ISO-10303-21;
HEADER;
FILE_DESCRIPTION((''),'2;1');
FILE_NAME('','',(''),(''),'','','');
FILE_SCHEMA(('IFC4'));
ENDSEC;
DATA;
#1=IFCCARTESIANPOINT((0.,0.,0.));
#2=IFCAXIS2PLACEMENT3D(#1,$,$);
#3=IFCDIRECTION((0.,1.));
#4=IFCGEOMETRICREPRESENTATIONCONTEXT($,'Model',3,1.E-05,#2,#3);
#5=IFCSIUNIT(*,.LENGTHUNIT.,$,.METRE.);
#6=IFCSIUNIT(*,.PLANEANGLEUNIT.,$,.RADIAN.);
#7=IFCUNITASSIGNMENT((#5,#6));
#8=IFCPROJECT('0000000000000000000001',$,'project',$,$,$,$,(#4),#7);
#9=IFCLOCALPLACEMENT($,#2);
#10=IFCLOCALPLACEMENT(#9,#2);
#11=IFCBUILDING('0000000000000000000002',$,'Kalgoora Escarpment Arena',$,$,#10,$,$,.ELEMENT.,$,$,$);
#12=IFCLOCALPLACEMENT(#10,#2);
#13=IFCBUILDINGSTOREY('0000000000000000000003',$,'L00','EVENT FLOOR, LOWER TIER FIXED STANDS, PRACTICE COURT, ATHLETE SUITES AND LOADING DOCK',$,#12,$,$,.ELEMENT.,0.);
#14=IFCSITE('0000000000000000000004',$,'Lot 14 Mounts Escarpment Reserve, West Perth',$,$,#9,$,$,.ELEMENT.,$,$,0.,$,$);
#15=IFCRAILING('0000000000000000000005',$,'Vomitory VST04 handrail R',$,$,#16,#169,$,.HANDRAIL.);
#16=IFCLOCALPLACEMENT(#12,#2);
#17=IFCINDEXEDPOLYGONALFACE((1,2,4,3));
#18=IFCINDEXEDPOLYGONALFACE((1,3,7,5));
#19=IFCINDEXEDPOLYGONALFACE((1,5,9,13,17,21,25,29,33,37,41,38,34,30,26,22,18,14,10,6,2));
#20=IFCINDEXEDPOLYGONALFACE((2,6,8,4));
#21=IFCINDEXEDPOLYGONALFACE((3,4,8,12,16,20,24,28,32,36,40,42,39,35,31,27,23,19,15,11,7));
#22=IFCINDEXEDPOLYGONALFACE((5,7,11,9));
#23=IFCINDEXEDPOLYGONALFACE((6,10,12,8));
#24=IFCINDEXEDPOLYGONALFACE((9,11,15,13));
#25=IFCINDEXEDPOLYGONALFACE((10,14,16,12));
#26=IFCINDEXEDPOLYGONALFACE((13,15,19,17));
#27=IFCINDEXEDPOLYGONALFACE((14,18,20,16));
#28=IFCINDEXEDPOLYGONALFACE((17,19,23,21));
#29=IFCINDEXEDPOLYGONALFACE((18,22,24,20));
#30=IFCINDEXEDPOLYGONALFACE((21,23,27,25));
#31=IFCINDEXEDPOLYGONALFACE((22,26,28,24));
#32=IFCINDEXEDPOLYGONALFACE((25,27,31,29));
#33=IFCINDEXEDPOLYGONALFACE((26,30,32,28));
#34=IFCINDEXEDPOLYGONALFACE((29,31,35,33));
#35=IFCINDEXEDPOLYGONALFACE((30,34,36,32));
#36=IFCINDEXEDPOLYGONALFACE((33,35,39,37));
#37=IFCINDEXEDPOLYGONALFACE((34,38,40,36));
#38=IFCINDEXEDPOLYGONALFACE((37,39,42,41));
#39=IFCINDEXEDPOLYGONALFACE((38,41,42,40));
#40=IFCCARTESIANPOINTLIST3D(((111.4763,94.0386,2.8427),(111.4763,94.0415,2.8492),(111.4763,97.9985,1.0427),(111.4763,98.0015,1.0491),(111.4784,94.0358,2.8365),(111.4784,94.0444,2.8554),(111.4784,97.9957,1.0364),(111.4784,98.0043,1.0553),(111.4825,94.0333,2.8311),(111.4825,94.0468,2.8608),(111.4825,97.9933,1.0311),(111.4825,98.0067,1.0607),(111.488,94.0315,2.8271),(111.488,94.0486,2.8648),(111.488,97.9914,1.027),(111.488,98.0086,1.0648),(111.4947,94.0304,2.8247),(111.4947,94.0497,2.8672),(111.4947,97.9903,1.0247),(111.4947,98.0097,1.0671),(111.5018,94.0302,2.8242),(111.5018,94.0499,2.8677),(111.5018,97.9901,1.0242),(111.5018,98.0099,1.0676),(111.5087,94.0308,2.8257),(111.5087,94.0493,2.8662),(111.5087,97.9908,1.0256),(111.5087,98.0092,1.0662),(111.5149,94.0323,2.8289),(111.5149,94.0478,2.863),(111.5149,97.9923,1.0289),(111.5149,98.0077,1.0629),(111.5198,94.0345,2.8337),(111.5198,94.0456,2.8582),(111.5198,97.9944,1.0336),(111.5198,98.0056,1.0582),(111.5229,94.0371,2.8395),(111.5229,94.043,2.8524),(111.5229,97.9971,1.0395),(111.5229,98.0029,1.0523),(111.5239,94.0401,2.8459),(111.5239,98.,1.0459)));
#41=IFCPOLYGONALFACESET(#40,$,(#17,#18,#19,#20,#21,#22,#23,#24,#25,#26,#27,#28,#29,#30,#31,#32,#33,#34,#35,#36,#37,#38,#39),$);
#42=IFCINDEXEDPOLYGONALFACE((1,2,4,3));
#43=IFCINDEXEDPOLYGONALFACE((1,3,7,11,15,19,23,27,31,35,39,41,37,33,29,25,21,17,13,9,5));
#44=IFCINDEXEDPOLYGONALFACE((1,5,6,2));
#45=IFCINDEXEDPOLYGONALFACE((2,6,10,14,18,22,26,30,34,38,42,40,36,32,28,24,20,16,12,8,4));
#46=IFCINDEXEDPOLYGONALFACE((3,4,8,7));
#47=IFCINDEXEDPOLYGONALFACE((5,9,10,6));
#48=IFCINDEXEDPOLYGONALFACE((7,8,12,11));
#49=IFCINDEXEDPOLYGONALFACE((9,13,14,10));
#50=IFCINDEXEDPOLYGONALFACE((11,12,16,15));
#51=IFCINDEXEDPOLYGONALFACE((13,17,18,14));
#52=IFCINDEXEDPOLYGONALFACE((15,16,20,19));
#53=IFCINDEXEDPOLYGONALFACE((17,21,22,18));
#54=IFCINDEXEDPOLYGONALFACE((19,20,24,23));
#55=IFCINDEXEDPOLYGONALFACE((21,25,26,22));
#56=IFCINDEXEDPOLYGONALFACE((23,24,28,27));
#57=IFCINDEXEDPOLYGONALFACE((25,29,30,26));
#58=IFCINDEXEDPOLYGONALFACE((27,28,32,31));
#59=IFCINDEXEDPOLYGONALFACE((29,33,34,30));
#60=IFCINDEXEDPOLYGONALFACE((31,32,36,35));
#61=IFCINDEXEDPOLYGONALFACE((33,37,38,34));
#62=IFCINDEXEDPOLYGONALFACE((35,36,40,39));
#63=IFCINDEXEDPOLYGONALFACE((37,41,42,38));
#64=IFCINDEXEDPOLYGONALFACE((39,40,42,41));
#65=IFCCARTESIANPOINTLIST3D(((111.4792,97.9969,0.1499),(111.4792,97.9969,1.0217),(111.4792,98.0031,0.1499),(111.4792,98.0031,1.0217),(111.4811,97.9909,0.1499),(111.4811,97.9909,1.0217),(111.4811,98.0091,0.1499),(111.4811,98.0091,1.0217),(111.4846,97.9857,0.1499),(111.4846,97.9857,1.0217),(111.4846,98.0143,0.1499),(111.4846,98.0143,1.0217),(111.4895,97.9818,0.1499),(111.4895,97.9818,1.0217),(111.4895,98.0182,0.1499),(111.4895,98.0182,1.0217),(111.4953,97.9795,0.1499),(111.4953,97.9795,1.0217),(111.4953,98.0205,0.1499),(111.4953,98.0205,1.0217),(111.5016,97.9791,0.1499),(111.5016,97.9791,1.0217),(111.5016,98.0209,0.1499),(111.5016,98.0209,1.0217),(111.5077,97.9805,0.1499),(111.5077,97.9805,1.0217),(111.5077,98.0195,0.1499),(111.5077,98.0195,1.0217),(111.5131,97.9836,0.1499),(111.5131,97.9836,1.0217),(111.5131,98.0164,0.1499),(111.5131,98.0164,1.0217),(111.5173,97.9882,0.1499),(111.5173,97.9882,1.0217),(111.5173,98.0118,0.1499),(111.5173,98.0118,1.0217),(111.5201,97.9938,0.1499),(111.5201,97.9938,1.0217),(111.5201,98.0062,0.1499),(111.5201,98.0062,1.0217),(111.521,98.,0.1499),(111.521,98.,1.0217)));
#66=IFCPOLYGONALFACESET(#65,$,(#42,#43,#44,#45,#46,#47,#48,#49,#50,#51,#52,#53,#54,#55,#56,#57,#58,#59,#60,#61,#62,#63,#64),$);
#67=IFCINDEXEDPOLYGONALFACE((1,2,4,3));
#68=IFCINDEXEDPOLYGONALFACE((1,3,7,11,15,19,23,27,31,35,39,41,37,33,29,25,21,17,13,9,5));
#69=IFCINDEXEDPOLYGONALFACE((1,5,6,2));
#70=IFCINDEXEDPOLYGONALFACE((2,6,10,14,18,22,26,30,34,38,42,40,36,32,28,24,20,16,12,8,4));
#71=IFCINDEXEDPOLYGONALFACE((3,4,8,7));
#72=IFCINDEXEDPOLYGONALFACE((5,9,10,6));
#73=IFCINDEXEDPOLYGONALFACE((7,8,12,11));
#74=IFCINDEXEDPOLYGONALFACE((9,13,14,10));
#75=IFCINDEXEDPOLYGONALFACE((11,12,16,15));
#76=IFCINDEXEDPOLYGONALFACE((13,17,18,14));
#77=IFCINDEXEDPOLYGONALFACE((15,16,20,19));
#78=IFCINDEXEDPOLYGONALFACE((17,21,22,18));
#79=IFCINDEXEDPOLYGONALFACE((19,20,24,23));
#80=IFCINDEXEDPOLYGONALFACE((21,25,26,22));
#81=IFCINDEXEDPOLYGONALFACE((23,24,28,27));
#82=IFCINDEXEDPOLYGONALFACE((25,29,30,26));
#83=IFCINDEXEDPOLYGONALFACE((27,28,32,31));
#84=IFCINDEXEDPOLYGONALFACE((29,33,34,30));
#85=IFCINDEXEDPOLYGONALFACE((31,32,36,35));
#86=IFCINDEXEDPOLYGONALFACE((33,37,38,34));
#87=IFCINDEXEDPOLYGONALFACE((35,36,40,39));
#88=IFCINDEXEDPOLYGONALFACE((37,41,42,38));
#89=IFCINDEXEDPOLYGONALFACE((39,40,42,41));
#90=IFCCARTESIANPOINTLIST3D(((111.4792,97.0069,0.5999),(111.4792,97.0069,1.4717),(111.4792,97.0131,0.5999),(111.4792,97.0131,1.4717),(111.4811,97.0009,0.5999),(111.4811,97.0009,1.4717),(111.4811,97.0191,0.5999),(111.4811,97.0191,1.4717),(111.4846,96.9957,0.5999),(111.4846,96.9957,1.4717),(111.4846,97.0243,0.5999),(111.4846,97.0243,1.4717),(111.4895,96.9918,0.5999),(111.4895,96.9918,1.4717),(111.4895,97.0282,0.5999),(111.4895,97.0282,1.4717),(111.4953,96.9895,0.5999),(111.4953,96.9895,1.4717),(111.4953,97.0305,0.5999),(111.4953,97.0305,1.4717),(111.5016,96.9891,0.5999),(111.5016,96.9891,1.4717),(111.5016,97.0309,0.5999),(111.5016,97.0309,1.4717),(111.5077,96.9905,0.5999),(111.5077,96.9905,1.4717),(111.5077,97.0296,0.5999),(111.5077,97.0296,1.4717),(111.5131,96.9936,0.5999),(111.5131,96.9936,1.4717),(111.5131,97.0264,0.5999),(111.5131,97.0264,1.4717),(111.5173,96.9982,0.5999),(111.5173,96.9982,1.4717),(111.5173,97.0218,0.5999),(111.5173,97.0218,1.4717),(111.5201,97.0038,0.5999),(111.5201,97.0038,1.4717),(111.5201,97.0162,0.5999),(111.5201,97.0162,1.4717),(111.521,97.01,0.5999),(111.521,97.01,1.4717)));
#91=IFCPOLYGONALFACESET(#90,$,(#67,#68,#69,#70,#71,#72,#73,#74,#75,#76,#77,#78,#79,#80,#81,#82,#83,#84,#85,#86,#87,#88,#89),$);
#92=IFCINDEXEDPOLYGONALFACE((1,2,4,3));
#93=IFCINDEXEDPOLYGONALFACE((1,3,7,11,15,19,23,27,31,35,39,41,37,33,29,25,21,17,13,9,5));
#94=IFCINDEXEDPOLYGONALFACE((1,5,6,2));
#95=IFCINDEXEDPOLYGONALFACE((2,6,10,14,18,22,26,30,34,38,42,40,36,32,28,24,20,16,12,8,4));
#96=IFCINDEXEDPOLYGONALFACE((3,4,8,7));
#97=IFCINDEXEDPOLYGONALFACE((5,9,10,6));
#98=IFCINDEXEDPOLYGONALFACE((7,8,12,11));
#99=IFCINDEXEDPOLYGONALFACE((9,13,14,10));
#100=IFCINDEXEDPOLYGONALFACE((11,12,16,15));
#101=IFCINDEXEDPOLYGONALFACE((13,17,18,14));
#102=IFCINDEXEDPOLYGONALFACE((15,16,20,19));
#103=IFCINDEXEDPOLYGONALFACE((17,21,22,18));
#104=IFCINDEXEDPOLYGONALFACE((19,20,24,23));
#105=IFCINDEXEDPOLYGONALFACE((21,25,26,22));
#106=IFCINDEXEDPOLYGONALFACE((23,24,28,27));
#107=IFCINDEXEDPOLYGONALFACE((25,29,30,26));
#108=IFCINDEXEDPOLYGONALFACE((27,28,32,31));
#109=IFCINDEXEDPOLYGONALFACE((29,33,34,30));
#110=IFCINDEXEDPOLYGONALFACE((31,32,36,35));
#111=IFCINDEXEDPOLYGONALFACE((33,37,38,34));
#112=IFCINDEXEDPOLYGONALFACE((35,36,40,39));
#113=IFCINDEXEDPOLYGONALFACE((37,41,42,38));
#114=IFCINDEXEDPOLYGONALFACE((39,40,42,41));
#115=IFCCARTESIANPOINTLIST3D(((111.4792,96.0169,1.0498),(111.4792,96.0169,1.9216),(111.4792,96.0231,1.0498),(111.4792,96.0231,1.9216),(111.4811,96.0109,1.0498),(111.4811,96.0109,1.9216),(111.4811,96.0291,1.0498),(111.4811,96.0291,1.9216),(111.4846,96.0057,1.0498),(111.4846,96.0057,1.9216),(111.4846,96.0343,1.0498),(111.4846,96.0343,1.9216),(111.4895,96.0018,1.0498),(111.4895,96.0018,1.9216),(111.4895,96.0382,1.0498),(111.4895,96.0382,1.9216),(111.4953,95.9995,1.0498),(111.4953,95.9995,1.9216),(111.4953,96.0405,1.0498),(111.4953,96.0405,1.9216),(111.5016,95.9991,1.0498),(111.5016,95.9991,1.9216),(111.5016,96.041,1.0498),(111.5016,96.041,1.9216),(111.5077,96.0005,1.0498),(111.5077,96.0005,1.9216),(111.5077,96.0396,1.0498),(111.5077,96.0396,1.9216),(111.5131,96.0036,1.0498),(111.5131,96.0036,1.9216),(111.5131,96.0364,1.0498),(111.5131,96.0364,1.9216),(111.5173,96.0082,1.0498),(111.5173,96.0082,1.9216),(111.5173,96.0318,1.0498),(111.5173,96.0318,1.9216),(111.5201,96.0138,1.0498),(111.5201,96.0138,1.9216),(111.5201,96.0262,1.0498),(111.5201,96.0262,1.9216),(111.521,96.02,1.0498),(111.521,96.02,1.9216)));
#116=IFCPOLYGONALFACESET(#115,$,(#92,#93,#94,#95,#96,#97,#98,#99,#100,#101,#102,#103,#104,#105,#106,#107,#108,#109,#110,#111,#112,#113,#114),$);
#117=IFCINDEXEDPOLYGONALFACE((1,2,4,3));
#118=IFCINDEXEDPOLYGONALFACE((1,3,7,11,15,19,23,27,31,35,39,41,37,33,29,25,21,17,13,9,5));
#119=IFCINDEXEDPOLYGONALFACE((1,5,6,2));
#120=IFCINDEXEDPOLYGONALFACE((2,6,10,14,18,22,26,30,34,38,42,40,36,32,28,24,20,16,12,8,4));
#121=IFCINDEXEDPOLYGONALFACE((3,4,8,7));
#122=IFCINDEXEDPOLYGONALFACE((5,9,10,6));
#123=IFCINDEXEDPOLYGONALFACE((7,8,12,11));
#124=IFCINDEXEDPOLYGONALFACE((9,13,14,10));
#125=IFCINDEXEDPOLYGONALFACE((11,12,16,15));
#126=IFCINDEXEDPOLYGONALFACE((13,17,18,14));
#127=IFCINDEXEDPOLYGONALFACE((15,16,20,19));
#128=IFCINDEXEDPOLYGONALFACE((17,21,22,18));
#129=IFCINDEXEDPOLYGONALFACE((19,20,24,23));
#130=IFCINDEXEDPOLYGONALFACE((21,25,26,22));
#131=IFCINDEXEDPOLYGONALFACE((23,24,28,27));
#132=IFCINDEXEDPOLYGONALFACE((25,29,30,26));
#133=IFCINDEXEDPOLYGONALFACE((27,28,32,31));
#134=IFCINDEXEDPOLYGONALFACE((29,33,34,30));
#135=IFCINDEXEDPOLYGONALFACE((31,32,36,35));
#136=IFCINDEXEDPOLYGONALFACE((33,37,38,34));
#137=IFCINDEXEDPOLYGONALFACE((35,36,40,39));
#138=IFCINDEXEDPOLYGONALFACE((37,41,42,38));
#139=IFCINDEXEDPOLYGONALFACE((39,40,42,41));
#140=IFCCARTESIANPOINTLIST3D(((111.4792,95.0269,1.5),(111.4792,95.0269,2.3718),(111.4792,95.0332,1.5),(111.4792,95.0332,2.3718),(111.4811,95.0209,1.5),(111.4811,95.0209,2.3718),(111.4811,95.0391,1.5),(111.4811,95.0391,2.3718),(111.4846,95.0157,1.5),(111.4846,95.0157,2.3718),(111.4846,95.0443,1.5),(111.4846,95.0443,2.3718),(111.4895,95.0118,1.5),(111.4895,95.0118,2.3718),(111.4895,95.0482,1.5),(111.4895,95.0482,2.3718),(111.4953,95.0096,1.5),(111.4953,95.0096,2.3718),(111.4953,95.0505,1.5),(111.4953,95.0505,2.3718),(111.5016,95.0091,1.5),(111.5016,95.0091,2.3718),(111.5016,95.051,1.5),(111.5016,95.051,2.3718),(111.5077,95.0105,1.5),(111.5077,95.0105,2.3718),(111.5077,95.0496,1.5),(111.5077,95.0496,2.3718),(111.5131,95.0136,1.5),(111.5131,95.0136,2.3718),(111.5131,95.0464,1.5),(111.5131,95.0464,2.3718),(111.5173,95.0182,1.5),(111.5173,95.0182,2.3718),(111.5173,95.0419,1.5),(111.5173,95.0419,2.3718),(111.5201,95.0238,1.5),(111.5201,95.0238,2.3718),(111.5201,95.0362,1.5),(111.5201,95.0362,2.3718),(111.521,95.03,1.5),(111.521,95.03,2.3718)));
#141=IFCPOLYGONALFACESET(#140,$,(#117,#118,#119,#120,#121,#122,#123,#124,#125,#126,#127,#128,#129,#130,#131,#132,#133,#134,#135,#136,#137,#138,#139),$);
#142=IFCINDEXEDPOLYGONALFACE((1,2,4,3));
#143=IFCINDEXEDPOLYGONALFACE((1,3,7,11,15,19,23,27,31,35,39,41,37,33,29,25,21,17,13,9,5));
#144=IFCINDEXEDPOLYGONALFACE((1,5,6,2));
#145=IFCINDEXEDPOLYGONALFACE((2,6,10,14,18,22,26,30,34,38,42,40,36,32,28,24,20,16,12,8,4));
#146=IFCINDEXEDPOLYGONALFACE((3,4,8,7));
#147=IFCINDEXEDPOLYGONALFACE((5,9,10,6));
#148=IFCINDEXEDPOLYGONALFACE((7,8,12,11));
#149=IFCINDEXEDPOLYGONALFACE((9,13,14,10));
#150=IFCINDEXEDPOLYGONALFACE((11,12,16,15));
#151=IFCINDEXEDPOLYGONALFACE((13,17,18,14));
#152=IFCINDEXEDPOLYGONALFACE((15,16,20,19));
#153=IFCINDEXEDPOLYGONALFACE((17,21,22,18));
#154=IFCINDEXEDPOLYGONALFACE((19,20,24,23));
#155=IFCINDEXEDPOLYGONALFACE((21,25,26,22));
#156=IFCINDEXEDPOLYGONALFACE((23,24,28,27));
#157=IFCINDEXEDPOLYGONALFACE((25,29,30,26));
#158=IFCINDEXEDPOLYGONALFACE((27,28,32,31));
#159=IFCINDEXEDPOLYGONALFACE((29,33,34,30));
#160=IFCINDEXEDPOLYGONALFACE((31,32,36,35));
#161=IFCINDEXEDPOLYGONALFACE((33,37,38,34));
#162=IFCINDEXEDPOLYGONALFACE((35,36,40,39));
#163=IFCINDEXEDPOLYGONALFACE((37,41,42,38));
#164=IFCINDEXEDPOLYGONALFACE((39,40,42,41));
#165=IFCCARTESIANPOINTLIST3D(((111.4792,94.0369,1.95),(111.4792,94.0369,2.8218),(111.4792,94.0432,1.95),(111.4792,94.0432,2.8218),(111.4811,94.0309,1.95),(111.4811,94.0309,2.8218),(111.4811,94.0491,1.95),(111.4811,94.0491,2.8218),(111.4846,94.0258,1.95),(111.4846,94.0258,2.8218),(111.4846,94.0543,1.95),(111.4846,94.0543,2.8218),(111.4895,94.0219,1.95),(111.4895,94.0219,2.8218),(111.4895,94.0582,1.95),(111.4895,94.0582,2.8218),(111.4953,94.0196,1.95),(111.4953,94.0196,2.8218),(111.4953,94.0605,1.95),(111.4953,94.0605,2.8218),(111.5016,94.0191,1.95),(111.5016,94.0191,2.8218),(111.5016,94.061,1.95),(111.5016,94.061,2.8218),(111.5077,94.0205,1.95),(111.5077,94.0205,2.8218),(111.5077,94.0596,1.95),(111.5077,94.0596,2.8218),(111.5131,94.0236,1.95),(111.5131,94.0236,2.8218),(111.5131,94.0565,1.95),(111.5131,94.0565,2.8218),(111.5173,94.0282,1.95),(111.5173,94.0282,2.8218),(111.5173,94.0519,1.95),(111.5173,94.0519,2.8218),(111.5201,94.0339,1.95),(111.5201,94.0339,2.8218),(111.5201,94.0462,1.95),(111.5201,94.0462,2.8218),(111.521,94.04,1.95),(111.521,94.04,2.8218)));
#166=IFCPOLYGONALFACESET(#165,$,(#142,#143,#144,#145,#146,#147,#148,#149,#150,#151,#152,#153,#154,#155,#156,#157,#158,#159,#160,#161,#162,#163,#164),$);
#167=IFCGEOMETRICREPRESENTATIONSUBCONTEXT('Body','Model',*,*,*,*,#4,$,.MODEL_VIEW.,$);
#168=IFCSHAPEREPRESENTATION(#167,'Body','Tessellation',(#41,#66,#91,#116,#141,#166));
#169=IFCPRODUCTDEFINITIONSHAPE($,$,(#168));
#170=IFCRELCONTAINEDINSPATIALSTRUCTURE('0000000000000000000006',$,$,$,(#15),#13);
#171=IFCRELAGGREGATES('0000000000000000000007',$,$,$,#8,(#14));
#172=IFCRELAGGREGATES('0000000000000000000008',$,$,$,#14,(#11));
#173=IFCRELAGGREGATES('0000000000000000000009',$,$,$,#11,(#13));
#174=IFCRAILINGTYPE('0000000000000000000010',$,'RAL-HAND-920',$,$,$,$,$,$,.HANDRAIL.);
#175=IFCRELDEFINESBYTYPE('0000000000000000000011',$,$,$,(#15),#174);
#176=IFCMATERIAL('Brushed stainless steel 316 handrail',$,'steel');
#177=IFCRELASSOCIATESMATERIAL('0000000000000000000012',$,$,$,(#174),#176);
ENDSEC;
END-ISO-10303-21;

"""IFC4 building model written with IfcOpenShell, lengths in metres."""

from ifc_helpers import new_model, si_unit, direction, frame, origin, origin_2d, place, context, subcontext, project, spatial, circle, extrude, material, type_object, element, save


model = new_model("IFC4")

# Units and contexts
model_context = context("Model", 3, precision=1e-05, world=origin(), true_north=direction((0.0, 1.0)))
body_context = subcontext(model_context, "Body", "Model", "MODEL_VIEW")
ifc_project = project(units=[si_unit("LENGTHUNIT", "METRE"), si_unit("PLANEANGLEUNIT", "RADIAN")], contexts=[model_context])

# Site, building, storey
site_placement = place(None, origin())
site = spatial("IfcSite", under=ifc_project, at=site_placement, Name="Lot 14 Mounts Escarpment Reserve, West Perth", CompositionType="ELEMENT", RefElevation=0.0)
building_placement = place(site_placement, origin())
building = spatial("IfcBuilding", under=site, at=building_placement, Name="Kalgoora Escarpment Arena", CompositionType="ELEMENT")
storey_placement = place(building_placement, origin())
storey = spatial("IfcBuildingStorey", under=building, at=storey_placement, Name="L00", Description="EVENT FLOOR, LOWER TIER FIXED STANDS, PRACTICE COURT, ATHLETE SUITES AND LOADING DOCK", CompositionType="ELEMENT", Elevation=0.0)

# Railing
ifc_material_1 = material(Name="Brushed stainless steel 316 handrail", Category="steel")
railing_type_1 = type_object("IfcRailingType", Name="RAL-HAND-920", PredefinedType="HANDRAIL", material=ifc_material_1)
for number, where, name in (
    (1, (111.5, 98.0, 0.1499), "Vomitory VST04 handrail R"),
):
    element("IfcRailing", number, at=place(storey_placement, frame(where)), inside=storey, type_object=railing_type_1, Name=name, PredefinedType="HANDRAIL", context=body_context, shape_type="SweptSolid", body=[
        extrude(circle(Radius=0.0239, at=origin_2d()), frame((0.0, 0.0, 0.896), z_axis=(0.0, -0.910361, 0.413816), x_axis=(1.0, 0.0, 0.0)), (0.0, 0.0, 1.0), 4.3499),
        extrude(circle(Radius=0.021, at=origin_2d()), origin(), (0.0, 0.0, 1.0), 0.8718),
        extrude(circle(Radius=0.021, at=origin_2d()), frame((0.0, -0.99, 0.45)), (0.0, 0.0, 1.0), 0.8718),
        extrude(circle(Radius=0.021, at=origin_2d()), frame((0.0, -1.98, 0.8999)), (0.0, 0.0, 1.0), 0.8718),
        extrude(circle(Radius=0.021, at=origin_2d()), frame((0.0, -2.97, 1.3501)), (0.0, 0.0, 1.0), 0.8718),
        extrude(circle(Radius=0.021, at=origin_2d()), frame((0.0, -3.96, 1.8)), (0.0, 0.0, 1.0), 0.8718),
    ])

save(model, "model.ifc")
